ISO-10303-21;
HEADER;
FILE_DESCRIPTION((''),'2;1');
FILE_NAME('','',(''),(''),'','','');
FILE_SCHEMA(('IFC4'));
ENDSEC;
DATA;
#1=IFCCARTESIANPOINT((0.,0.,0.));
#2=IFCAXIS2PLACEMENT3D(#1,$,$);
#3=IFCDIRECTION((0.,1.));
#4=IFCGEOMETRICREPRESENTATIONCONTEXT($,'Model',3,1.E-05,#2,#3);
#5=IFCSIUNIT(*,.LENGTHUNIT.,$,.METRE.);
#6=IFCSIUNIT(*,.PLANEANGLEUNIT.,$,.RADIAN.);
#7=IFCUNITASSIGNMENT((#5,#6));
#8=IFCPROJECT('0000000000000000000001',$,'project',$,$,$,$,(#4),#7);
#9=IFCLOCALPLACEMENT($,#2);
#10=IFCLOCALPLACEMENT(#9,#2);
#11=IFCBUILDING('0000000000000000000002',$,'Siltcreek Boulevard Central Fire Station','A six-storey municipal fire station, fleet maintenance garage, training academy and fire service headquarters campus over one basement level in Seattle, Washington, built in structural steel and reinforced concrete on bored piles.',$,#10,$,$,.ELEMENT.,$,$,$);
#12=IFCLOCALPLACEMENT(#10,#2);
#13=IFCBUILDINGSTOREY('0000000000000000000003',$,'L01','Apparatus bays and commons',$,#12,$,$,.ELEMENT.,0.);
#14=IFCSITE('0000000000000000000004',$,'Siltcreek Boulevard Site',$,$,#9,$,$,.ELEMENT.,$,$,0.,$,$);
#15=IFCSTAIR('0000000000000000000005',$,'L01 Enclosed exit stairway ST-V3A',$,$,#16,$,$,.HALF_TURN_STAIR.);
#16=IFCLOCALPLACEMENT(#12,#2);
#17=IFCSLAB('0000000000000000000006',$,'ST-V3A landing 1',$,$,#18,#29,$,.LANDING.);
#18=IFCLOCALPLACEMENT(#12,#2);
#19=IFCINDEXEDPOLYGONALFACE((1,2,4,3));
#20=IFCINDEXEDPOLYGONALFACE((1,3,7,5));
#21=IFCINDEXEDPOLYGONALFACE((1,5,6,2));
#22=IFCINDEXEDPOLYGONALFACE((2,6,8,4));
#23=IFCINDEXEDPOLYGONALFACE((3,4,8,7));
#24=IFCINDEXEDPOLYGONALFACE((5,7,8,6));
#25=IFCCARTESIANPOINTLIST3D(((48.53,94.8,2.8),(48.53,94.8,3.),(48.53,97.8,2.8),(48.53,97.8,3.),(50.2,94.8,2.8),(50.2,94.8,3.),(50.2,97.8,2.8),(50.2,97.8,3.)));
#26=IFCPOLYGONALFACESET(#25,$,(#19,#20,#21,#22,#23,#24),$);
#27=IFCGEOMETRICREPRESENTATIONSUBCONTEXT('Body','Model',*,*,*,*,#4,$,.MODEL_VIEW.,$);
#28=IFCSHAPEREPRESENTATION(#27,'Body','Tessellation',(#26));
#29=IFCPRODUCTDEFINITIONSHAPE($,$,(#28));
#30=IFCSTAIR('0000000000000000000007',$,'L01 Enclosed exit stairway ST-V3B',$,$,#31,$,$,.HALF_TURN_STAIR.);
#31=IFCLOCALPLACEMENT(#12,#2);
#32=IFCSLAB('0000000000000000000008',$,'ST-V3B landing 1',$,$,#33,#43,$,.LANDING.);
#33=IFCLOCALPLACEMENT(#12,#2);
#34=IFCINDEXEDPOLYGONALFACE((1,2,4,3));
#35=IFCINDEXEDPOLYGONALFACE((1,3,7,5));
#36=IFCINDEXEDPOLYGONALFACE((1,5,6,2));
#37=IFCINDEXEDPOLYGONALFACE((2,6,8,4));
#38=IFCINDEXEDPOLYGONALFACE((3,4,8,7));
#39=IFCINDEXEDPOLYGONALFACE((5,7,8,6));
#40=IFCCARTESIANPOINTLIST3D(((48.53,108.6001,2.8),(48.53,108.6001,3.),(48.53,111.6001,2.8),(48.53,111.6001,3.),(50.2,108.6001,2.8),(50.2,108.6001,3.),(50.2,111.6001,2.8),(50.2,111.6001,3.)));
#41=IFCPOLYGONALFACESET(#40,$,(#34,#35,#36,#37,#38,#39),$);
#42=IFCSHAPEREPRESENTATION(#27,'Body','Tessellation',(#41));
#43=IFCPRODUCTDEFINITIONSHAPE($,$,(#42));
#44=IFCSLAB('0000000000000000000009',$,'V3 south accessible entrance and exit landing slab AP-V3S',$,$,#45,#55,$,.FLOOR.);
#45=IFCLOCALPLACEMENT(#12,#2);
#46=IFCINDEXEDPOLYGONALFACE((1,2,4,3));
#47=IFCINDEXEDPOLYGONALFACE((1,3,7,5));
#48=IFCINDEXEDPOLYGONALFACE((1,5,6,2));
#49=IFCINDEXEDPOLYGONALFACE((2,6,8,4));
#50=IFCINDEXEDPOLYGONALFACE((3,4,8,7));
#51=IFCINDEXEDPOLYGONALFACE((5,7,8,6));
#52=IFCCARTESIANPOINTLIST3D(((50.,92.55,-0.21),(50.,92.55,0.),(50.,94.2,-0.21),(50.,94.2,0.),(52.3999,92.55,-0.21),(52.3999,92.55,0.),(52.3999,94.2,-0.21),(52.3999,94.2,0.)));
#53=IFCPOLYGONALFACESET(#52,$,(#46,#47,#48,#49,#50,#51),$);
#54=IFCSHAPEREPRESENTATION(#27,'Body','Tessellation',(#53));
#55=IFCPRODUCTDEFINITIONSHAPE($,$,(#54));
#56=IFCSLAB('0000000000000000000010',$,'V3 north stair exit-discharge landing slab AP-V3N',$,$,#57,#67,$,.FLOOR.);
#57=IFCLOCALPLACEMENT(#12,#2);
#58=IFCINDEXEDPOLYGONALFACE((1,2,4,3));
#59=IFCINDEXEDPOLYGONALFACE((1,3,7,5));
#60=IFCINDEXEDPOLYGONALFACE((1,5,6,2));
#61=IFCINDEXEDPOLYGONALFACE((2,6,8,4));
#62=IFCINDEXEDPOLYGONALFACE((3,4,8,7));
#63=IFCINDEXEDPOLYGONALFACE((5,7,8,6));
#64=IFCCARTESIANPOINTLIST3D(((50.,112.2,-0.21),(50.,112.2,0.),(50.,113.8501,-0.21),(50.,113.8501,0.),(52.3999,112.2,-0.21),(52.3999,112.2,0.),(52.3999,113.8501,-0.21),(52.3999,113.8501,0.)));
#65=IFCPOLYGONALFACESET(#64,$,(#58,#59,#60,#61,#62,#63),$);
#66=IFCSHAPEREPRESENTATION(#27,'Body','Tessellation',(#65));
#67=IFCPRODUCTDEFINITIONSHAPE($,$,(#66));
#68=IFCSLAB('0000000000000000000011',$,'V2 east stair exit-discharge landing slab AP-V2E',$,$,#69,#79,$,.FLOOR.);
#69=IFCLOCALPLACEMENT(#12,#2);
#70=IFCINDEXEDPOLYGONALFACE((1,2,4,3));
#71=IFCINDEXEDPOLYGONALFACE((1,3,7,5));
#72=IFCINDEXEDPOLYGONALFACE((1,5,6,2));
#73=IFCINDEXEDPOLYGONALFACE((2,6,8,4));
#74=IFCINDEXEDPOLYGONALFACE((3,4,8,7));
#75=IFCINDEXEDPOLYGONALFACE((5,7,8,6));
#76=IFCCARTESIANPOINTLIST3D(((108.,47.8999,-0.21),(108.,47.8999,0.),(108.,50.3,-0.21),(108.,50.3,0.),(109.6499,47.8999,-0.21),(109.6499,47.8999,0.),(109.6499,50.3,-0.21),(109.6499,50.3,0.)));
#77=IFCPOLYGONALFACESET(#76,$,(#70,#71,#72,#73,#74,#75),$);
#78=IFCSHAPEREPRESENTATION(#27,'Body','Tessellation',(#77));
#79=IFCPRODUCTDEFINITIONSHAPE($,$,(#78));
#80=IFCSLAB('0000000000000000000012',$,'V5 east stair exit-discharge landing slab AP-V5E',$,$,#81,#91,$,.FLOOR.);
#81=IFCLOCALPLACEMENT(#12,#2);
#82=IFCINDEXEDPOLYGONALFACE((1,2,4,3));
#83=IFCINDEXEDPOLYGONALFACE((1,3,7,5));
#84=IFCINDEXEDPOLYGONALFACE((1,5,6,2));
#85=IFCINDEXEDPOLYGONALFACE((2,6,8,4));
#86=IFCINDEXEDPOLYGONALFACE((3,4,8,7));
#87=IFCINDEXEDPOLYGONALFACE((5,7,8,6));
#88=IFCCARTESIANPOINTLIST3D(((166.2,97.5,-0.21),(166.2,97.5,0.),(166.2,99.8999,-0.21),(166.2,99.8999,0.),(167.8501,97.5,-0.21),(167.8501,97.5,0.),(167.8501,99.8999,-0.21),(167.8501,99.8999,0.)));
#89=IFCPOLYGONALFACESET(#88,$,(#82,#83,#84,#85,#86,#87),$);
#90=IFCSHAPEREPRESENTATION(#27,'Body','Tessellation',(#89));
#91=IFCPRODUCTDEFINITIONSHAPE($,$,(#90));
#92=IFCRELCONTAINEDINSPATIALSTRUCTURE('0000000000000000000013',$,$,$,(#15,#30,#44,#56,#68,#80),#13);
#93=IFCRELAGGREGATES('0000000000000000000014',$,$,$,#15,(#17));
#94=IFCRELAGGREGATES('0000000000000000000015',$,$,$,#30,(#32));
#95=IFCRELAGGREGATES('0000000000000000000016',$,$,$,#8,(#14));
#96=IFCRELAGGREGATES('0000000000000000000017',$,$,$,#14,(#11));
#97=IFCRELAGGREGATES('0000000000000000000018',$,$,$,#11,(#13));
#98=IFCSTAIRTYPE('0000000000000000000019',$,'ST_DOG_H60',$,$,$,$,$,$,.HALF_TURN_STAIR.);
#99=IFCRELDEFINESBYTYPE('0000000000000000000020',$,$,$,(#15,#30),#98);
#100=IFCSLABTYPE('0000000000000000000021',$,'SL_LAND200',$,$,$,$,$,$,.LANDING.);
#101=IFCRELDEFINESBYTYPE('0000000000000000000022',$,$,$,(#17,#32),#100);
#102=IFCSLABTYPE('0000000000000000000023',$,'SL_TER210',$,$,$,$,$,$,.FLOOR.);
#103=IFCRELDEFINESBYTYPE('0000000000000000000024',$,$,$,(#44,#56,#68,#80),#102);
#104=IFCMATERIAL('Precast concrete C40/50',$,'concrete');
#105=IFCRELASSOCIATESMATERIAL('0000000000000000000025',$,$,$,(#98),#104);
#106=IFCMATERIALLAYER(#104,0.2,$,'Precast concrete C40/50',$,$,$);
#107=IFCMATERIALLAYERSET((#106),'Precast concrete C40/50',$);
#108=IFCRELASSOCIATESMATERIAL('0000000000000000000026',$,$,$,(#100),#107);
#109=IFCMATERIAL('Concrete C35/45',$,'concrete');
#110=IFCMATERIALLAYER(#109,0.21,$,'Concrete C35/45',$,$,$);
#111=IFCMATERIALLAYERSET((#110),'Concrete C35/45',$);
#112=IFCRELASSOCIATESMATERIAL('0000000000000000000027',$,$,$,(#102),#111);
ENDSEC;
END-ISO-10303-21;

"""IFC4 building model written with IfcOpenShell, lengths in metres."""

from ifc_helpers import new_model, si_unit, direction, frame, origin, place, context, subcontext, project, spatial, polyline, outline, extrude, material, layer, layer_set, type_object, element, aggregate, save


model = new_model("IFC4")

# Units and contexts
model_context = context("Model", 3, precision=1e-05, world=origin(), true_north=direction((0.0, 1.0)))
body_context = subcontext(model_context, "Body", "Model", "MODEL_VIEW")
ifc_project = project(units=[si_unit("LENGTHUNIT", "METRE"), si_unit("PLANEANGLEUNIT", "RADIAN")], contexts=[model_context])

# Site, building, storey
site_placement = place(None, origin())
site = spatial("IfcSite", under=ifc_project, at=site_placement, Name="Siltcreek Boulevard Site", CompositionType="ELEMENT", RefElevation=0.0)
building_placement = place(site_placement, origin())
building = spatial("IfcBuilding", under=site, at=building_placement, Name="Siltcreek Boulevard Central Fire Station", Description="A six-storey municipal fire station, fleet maintenance garage, training academy and fire service headquarters campus over one basement level in Seattle, Washington, built in structural steel and reinforced concrete on bored piles.", CompositionType="ELEMENT")
storey_placement = place(building_placement, origin())
storey = spatial("IfcBuildingStorey", under=building, at=storey_placement, Name="L01", Description="Apparatus bays and commons", CompositionType="ELEMENT", Elevation=0.0)

# Shared definitions
ifc_material_1 = material(Name="Concrete C35/45", Category="concrete")

# Stairs, slabs
ifc_material_2 = material(Name="Precast concrete C40/50", Category="concrete")
stair_type = type_object("IfcStairType", Name="ST_DOG_H60", PredefinedType="HALF_TURN_STAIR", material=ifc_material_2)
ifc_layer_1 = layer(ifc_material_2, 0.2, Name="Precast concrete C40/50")
ifc_layer_set_1 = layer_set([ifc_layer_1], Name="Precast concrete C40/50")
slab_type_1 = type_object("IfcSlabType", Name="SL_LAND200", PredefinedType="LANDING", material=ifc_layer_set_1)
stair_1_placement = place(storey_placement, origin())
stair_1 = element("IfcStair", 1, at=stair_1_placement, inside=storey, type_object=stair_type, Name="L01 Enclosed exit stairway ST-V3A", PredefinedType="HALF_TURN_STAIR")
slab_1_placement = place(storey_placement, frame((0.0, 0.0, 2.8)))
slab_1 = element("IfcSlab", 2, at=slab_1_placement, type_object=slab_type_1, Name="ST-V3A landing 1", PredefinedType="LANDING", context=body_context, shape_type="SweptSolid", body=[
    extrude(outline(polyline([(48.53, 94.8), (50.2, 94.8), (50.2, 97.8), (48.53, 97.8), (48.53, 94.8)])), origin(), (0.0, 0.0, 1.0), 0.2),
])
aggregate(stair_1, [slab_1])
stair_2_placement = place(storey_placement, origin())
stair_2 = element("IfcStair", 3, at=stair_2_placement, inside=storey, type_object=stair_type, Name="L01 Enclosed exit stairway ST-V3B", PredefinedType="HALF_TURN_STAIR")
slab_2_placement = place(storey_placement, frame((0.0, 0.0, 2.8)))
slab_2 = element("IfcSlab", 4, at=slab_2_placement, type_object=slab_type_1, Name="ST-V3B landing 1", PredefinedType="LANDING", context=body_context, shape_type="SweptSolid", body=[
    extrude(outline(polyline([(48.53, 108.6001), (50.2, 108.6001), (50.2, 111.6001), (48.53, 111.6001), (48.53, 108.6001)])), origin(), (0.0, 0.0, 1.0), 0.2),
])
aggregate(stair_2, [slab_2])

# Slabs
ifc_layer_2 = layer(ifc_material_1, 0.21, Name="Concrete C35/45")
ifc_layer_set_2 = layer_set([ifc_layer_2], Name="Concrete C35/45")
slab_type_2 = type_object("IfcSlabType", Name="SL_TER210", PredefinedType="FLOOR", material=ifc_layer_set_2)
slab_3_placement = place(storey_placement, frame((0.0, 0.0, -0.21)))
element("IfcSlab", 5, at=slab_3_placement, inside=storey, type_object=slab_type_2, Name="V3 south accessible entrance and exit landing slab AP-V3S", PredefinedType="FLOOR", context=body_context, shape_type="SweptSolid", body=[
    extrude(outline(polyline([(50.0, 92.55), (52.3999, 92.55), (52.3999, 94.2), (50.0, 94.2), (50.0, 92.55)])), origin(), (0.0, 0.0, 1.0), 0.21),
])
slab_4_placement = place(storey_placement, frame((0.0, 0.0, -0.21)))
element("IfcSlab", 6, at=slab_4_placement, inside=storey, type_object=slab_type_2, Name="V3 north stair exit-discharge landing slab AP-V3N", PredefinedType="FLOOR", context=body_context, shape_type="SweptSolid", body=[
    extrude(outline(polyline([(50.0, 112.2), (52.3999, 112.2), (52.3999, 113.8501), (50.0, 113.8501), (50.0, 112.2)])), origin(), (0.0, 0.0, 1.0), 0.21),
])
slab_5_placement = place(storey_placement, frame((0.0, 0.0, -0.21)))
element("IfcSlab", 7, at=slab_5_placement, inside=storey, type_object=slab_type_2, Name="V2 east stair exit-discharge landing slab AP-V2E", PredefinedType="FLOOR", context=body_context, shape_type="SweptSolid", body=[
    extrude(outline(polyline([(108.0, 47.8999), (109.6499, 47.8999), (109.6499, 50.3), (108.0, 50.3), (108.0, 47.8999)])), origin(), (0.0, 0.0, 1.0), 0.21),
])
slab_6_placement = place(storey_placement, frame((0.0, 0.0, -0.21)))
element("IfcSlab", 8, at=slab_6_placement, inside=storey, type_object=slab_type_2, Name="V5 east stair exit-discharge landing slab AP-V5E", PredefinedType="FLOOR", context=body_context, shape_type="SweptSolid", body=[
    extrude(outline(polyline([(166.2, 97.5), (167.8501, 97.5), (167.8501, 99.8999), (166.2, 99.8999), (166.2, 97.5)])), origin(), (0.0, 0.0, 1.0), 0.21),
])

save(model, "model.ifc")
